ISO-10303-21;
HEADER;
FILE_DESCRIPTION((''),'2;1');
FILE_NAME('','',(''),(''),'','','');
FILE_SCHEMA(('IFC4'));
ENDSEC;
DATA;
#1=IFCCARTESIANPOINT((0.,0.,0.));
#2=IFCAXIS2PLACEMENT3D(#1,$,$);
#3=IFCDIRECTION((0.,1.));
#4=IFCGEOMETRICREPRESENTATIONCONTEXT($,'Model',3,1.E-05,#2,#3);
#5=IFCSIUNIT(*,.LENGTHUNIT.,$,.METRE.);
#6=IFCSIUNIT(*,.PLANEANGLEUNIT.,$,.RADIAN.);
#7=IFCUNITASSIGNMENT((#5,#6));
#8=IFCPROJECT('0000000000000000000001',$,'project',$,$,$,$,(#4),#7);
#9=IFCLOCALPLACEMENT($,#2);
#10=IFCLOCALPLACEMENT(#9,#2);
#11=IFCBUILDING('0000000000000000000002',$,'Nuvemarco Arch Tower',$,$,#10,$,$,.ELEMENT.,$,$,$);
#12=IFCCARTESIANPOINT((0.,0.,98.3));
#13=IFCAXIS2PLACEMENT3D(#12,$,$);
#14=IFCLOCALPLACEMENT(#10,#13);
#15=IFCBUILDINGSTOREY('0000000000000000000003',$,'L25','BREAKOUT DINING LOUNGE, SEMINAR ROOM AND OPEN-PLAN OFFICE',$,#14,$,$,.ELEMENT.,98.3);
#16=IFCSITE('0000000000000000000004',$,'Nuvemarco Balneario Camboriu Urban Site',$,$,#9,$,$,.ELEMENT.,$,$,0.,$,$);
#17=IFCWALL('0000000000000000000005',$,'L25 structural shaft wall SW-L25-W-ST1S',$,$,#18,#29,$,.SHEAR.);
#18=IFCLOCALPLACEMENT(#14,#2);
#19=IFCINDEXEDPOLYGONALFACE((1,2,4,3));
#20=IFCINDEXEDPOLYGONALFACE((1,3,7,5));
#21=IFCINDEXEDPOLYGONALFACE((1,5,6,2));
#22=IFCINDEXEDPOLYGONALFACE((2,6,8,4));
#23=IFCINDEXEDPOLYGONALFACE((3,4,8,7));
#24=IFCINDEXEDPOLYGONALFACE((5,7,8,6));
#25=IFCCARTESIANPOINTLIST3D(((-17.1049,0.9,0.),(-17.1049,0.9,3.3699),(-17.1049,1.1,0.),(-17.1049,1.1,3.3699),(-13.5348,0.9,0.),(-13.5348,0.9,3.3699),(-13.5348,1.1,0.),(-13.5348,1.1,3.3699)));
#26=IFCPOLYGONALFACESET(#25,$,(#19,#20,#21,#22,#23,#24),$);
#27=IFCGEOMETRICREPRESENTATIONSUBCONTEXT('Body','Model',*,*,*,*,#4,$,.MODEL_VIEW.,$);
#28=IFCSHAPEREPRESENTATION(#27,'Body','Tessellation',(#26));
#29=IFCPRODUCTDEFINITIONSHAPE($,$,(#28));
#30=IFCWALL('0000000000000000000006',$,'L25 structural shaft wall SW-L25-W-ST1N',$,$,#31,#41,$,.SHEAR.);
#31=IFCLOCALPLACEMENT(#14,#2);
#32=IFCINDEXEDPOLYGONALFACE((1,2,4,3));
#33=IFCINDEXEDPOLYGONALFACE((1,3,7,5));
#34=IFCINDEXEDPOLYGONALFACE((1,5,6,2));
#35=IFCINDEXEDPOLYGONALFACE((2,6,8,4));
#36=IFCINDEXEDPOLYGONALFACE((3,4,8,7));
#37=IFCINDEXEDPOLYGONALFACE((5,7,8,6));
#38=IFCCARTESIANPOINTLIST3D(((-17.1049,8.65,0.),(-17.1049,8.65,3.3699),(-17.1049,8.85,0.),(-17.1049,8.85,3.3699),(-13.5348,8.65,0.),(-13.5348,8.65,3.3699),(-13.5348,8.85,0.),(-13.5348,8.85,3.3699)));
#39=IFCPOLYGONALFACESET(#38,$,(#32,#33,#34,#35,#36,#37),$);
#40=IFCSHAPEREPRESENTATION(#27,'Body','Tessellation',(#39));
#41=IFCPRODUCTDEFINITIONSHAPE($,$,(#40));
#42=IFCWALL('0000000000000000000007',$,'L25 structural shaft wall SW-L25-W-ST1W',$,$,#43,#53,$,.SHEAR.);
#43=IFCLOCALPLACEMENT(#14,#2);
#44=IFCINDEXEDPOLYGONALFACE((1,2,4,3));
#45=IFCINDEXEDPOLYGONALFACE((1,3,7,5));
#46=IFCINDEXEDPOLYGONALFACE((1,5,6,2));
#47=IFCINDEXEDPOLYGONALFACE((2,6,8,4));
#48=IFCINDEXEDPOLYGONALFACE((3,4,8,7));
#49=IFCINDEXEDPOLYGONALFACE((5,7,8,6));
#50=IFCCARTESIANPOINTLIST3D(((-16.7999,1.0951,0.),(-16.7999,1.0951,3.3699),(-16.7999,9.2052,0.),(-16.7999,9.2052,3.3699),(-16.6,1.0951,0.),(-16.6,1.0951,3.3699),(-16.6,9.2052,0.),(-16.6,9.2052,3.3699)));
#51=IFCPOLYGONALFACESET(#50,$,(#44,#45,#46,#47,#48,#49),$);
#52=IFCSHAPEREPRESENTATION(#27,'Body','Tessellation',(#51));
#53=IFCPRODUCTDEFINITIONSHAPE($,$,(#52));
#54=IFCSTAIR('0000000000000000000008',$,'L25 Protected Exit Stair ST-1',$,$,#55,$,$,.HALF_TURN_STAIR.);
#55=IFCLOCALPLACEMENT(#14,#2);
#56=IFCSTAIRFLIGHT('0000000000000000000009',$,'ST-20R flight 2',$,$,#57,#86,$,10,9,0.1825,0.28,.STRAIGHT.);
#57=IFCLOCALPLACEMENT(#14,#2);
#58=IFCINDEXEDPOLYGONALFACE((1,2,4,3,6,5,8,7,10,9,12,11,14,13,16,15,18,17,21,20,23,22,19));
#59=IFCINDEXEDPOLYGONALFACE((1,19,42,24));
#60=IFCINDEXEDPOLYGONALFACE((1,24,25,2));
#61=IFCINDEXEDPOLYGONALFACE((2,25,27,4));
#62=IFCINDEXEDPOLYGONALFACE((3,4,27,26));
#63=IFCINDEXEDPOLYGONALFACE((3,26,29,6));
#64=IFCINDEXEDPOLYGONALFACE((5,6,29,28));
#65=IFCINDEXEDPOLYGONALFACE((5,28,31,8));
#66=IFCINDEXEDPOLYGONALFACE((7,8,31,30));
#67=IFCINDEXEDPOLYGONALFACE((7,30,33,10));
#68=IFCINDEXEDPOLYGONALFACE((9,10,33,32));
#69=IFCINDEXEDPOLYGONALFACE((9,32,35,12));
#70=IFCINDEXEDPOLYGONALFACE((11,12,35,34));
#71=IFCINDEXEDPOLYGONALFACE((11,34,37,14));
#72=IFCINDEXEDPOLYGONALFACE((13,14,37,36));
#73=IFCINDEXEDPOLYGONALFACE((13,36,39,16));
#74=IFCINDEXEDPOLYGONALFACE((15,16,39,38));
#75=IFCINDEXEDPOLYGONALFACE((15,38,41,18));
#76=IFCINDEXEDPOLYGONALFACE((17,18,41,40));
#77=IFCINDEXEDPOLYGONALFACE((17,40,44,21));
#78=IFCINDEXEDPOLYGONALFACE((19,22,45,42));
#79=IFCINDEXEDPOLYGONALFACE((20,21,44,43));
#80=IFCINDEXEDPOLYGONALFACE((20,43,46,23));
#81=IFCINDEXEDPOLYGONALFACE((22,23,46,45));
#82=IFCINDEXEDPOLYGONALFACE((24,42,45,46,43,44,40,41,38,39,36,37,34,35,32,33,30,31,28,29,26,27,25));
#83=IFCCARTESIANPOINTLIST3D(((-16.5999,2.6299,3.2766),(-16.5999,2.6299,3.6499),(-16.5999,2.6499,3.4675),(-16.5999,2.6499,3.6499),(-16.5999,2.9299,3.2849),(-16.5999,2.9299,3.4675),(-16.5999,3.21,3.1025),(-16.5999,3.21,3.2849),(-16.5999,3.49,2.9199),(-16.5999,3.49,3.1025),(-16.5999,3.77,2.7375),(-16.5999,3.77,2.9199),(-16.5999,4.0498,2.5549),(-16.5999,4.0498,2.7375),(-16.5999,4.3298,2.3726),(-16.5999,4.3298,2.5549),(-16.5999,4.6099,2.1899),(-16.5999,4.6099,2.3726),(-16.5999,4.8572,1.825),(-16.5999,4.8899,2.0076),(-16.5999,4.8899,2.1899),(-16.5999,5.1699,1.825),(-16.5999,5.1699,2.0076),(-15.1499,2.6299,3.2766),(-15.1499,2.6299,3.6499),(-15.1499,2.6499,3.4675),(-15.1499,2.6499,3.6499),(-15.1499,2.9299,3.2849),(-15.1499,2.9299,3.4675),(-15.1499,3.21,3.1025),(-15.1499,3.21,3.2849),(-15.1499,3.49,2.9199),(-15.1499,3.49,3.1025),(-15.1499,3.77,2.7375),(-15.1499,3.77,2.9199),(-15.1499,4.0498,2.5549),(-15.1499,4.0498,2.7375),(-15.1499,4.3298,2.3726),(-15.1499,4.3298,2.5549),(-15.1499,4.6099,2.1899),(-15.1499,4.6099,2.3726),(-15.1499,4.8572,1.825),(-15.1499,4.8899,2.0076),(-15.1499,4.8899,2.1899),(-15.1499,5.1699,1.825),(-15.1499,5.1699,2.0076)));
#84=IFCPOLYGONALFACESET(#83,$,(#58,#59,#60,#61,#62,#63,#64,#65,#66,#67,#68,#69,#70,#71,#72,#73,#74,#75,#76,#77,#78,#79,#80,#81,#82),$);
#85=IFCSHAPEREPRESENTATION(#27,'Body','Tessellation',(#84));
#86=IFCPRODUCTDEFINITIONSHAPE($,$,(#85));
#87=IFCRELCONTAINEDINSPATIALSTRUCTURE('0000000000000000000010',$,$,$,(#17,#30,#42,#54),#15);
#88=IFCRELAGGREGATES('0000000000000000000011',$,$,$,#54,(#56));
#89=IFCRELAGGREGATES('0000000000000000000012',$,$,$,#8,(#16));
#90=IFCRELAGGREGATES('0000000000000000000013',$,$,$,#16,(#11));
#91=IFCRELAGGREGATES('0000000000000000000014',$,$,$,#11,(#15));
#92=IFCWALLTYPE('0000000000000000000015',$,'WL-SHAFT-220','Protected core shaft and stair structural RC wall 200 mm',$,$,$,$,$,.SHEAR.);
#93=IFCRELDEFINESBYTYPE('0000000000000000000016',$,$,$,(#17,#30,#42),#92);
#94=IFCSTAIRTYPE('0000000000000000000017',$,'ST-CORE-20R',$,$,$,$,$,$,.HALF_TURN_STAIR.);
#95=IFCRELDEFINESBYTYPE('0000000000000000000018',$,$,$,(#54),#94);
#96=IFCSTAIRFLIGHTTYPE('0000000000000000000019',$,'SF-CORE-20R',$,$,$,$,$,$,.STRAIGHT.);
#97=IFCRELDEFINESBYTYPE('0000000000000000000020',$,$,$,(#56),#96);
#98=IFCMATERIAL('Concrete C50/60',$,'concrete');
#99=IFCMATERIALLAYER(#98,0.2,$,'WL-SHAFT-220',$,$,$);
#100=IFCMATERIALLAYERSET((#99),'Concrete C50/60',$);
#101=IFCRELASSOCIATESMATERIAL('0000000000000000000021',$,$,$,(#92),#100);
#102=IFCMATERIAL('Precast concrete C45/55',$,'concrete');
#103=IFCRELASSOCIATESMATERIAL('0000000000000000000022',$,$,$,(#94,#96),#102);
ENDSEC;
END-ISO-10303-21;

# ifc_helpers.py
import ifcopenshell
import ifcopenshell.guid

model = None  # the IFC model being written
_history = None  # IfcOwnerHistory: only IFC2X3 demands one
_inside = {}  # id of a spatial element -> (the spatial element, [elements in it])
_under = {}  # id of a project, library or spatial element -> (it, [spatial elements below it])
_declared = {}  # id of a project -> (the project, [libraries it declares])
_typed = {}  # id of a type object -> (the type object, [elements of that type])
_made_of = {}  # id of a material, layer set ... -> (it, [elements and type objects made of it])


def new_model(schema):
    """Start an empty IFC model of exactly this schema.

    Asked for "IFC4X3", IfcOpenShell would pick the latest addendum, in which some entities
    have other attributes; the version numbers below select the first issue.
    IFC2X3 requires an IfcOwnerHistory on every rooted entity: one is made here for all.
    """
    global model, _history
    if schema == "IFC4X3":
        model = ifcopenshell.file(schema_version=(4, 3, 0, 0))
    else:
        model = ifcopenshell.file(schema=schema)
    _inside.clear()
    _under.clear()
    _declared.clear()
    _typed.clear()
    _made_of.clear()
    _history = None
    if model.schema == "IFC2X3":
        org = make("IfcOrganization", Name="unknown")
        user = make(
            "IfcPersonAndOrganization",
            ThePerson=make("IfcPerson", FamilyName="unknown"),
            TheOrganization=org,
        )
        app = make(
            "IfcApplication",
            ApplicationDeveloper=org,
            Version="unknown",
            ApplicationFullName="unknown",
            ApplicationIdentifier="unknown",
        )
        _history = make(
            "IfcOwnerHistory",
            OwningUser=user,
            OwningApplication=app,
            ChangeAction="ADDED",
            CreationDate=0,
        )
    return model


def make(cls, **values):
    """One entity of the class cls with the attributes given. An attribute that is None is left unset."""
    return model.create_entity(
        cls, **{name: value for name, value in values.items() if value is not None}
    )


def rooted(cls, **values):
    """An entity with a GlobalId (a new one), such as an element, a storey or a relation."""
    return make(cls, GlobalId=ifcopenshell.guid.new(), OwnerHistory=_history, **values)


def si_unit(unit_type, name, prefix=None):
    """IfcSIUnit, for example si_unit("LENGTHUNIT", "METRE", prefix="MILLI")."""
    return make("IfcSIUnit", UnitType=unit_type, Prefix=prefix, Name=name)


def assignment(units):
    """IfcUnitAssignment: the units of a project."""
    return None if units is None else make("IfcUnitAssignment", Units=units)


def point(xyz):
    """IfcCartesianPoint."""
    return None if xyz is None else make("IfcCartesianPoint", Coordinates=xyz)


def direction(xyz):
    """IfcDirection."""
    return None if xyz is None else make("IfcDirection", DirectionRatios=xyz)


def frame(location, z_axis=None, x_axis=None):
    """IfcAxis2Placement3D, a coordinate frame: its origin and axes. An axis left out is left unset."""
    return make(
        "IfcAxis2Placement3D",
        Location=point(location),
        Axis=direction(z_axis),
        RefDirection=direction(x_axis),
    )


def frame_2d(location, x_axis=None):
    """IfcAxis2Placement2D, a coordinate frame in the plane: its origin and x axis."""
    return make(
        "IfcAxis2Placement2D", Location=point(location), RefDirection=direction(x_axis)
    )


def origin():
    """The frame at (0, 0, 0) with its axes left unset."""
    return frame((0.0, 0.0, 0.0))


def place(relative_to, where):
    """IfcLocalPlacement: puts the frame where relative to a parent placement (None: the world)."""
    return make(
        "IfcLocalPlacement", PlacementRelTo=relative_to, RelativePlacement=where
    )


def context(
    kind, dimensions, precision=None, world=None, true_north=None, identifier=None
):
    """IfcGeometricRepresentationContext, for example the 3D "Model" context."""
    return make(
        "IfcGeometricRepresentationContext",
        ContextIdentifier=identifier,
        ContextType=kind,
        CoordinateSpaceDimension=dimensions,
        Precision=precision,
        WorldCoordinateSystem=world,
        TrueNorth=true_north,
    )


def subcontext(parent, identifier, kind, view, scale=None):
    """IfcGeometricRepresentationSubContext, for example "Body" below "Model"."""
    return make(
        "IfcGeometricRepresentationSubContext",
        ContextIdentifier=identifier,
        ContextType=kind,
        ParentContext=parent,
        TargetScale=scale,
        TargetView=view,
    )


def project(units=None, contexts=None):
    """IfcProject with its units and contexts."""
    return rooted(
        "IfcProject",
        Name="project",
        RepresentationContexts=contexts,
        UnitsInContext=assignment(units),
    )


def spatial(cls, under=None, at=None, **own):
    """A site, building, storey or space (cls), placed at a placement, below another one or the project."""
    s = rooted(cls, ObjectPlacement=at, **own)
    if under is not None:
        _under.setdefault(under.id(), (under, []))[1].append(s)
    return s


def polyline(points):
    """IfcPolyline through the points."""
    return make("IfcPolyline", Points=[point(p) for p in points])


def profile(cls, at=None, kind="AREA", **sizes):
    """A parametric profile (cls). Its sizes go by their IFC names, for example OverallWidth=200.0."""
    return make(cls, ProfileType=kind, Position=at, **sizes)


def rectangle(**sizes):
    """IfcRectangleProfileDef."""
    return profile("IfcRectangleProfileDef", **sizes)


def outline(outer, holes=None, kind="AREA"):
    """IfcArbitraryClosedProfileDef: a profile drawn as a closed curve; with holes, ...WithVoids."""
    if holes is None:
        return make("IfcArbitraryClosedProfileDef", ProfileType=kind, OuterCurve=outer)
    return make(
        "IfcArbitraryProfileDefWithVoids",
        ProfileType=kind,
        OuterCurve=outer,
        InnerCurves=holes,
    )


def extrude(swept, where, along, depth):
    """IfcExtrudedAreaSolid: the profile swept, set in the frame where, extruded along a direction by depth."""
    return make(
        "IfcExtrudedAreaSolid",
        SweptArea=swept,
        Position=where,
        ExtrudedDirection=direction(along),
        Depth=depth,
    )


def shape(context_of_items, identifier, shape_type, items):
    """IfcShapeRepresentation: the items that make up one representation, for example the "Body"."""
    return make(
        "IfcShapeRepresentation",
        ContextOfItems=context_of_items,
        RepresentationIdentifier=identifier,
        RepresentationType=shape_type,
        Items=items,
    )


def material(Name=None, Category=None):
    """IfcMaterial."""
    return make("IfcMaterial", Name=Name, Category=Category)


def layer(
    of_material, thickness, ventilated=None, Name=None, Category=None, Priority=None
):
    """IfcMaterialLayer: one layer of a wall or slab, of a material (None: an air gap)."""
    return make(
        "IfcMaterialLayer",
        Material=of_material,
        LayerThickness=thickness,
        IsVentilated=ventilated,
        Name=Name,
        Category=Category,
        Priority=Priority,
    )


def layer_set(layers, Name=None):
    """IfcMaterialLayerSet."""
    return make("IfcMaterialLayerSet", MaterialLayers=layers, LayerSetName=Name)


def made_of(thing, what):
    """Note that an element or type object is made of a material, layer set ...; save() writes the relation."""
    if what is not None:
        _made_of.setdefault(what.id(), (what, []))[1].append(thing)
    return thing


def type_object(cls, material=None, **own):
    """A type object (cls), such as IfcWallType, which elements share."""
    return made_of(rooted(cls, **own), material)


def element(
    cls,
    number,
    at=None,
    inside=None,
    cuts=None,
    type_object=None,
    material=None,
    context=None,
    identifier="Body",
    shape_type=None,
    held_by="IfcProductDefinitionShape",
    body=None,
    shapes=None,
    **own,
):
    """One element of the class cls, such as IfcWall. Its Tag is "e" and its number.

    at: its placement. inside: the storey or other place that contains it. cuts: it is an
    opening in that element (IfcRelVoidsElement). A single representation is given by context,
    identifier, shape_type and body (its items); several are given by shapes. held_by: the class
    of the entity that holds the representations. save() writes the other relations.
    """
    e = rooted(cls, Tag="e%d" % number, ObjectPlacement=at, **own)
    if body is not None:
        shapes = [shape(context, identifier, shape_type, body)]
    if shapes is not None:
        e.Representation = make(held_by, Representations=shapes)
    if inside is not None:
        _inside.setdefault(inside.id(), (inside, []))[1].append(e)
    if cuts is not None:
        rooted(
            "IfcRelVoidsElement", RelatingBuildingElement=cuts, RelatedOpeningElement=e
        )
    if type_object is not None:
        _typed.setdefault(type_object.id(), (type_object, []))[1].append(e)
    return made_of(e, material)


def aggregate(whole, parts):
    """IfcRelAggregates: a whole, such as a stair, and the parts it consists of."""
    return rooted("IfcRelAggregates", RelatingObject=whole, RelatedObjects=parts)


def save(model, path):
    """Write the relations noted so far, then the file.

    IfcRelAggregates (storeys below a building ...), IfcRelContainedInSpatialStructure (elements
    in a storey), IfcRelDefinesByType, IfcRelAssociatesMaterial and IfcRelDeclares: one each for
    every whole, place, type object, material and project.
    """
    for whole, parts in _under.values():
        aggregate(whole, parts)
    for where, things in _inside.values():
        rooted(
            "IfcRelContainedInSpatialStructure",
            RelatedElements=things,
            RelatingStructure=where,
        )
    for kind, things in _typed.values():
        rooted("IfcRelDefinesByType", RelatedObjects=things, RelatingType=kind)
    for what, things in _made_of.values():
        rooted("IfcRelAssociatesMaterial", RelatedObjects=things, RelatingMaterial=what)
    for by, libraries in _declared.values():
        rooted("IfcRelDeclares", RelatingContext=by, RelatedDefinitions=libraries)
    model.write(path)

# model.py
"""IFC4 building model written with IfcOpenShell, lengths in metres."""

from ifc_helpers import new_model, si_unit, direction, frame, frame_2d, origin, place, context, subcontext, project, spatial, polyline, rectangle, outline, extrude, material, layer, layer_set, type_object, element, aggregate, save


model = new_model("IFC4")

# Units and contexts
model_context = context("Model", 3, precision=1e-05, world=origin(), true_north=direction((0.0, 1.0)))
body_context = subcontext(model_context, "Body", "Model", "MODEL_VIEW")
ifc_project = project(units=[si_unit("LENGTHUNIT", "METRE"), si_unit("PLANEANGLEUNIT", "RADIAN")], contexts=[model_context])

# Site, building, storey
site_placement = place(None, origin())
site = spatial("IfcSite", under=ifc_project, at=site_placement, Name="Nuvemarco Balneario Camboriu Urban Site", CompositionType="ELEMENT", RefElevation=0.0)
building_placement = place(site_placement, origin())
building = spatial("IfcBuilding", under=site, at=building_placement, Name="Nuvemarco Arch Tower", CompositionType="ELEMENT")
storey_placement = place(building_placement, frame((0.0, 0.0, 98.3)))
storey = spatial("IfcBuildingStorey", under=building, at=storey_placement, Name="L25", Description="BREAKOUT DINING LOUNGE, SEMINAR ROOM AND OPEN-PLAN OFFICE", CompositionType="ELEMENT", Elevation=98.3)

# Shared definitions
ifc_material_1 = material(Name="Precast concrete C45/55", Category="concrete")

# Walls
ifc_material_2 = material(Name="Concrete C50/60", Category="concrete")
ifc_layer_1 = layer(ifc_material_2, 0.2, Name="WL-SHAFT-220")
ifc_layer_set_1 = layer_set([ifc_layer_1], Name="Concrete C50/60")
wall_type_1 = type_object("IfcWallType", Name="WL-SHAFT-220", Description="Protected core shaft and stair structural RC wall 200 mm", PredefinedType="SHEAR", material=ifc_layer_set_1)
for number, where, z_axis, x_axis, name in (
    (1, (-17.105, 1.0, 0.0), (0.0, 0.0, 1.0), (1.0, 0.0, 0.0), "L25 structural shaft wall SW-L25-W-ST1S"),
    (2, (-17.105, 8.75, 0.0), (0.0, 0.0, 1.0), (1.0, 0.0, 0.0), "L25 structural shaft wall SW-L25-W-ST1N"),
):
    element("IfcWall", number, at=place(storey_placement, frame(where, z_axis=z_axis, x_axis=x_axis)), inside=storey, type_object=wall_type_1, Name=name, PredefinedType="SHEAR", context=body_context, shape_type="SweptSolid", body=[
        extrude(rectangle(XDim=3.5701, YDim=0.2, at=frame_2d((1.7852, 0.0))), origin(), (0.0, 0.0, 1.0), 3.3699),
    ])
wall_1_placement = place(storey_placement, frame((-16.7, 1.095, 0.0), z_axis=(0.0, 0.0, 1.0), x_axis=(0.0, 1.0, 0.0)))
element("IfcWall", 3, at=wall_1_placement, inside=storey, type_object=wall_type_1, Name="L25 structural shaft wall SW-L25-W-ST1W", PredefinedType="SHEAR", context=body_context, shape_type="SweptSolid", body=[
    extrude(rectangle(XDim=8.1101, YDim=0.2, at=frame_2d((4.0552, 0.0))), origin(), (0.0, 0.0, 1.0), 3.3699),
])

# Stair, stair flight
stair_type = type_object("IfcStairType", Name="ST-CORE-20R", PredefinedType="HALF_TURN_STAIR", material=ifc_material_1)
stair_placement = place(storey_placement, origin())
stair = element("IfcStair", 4, at=stair_placement, inside=storey, type_object=stair_type, Name="L25 Protected Exit Stair ST-1", PredefinedType="HALF_TURN_STAIR")
stair_flight_type = type_object("IfcStairFlightType", Name="SF-CORE-20R", PredefinedType="STRAIGHT", material=ifc_material_1)
stair_flight_placement = place(storey_placement, frame((-15.875, 5.1699, 1.825), z_axis=(0.0, 0.0, 1.0), x_axis=(0.0, -1.0, 0.0)))
stair_flight = element("IfcStairFlight", 5, at=stair_flight_placement, type_object=stair_flight_type, Name="ST-20R flight 2", NumberOfRisers=10, NumberOfTreads=9, PredefinedType="STRAIGHT", RiserHeight=0.1825, TreadLength=0.28, context=body_context, shape_type="SweptSolid", body=[
    extrude(outline(polyline([(0.0, 0.0), (0.0, 0.1826), (0.28, 0.1826), (0.28, 0.365), (0.5601, 0.365), (0.5601, 0.5476), (0.8401, 0.5476), (0.8401, 0.73), (1.1201, 0.73), (1.1201, 0.9126), (1.3999, 0.9126), (1.3999, 1.095), (1.6799, 1.095), (1.6799, 1.2776), (1.96, 1.2776), (1.96, 1.46), (2.24, 1.46), (2.24, 1.6426), (2.52, 1.6426), (2.52, 1.825), (2.54, 1.825), (2.54, 1.4517), (0.3127, 0.0), (0.0, 0.0)])), frame((0.0, 0.7251, 0.0), z_axis=(0.0, -1.0, 0.0), x_axis=(1.0, 0.0, 0.0)), (0.0, 0.0, 1.0), 1.45),
])
aggregate(stair, [stair_flight])

save(model, "model.ifc")
